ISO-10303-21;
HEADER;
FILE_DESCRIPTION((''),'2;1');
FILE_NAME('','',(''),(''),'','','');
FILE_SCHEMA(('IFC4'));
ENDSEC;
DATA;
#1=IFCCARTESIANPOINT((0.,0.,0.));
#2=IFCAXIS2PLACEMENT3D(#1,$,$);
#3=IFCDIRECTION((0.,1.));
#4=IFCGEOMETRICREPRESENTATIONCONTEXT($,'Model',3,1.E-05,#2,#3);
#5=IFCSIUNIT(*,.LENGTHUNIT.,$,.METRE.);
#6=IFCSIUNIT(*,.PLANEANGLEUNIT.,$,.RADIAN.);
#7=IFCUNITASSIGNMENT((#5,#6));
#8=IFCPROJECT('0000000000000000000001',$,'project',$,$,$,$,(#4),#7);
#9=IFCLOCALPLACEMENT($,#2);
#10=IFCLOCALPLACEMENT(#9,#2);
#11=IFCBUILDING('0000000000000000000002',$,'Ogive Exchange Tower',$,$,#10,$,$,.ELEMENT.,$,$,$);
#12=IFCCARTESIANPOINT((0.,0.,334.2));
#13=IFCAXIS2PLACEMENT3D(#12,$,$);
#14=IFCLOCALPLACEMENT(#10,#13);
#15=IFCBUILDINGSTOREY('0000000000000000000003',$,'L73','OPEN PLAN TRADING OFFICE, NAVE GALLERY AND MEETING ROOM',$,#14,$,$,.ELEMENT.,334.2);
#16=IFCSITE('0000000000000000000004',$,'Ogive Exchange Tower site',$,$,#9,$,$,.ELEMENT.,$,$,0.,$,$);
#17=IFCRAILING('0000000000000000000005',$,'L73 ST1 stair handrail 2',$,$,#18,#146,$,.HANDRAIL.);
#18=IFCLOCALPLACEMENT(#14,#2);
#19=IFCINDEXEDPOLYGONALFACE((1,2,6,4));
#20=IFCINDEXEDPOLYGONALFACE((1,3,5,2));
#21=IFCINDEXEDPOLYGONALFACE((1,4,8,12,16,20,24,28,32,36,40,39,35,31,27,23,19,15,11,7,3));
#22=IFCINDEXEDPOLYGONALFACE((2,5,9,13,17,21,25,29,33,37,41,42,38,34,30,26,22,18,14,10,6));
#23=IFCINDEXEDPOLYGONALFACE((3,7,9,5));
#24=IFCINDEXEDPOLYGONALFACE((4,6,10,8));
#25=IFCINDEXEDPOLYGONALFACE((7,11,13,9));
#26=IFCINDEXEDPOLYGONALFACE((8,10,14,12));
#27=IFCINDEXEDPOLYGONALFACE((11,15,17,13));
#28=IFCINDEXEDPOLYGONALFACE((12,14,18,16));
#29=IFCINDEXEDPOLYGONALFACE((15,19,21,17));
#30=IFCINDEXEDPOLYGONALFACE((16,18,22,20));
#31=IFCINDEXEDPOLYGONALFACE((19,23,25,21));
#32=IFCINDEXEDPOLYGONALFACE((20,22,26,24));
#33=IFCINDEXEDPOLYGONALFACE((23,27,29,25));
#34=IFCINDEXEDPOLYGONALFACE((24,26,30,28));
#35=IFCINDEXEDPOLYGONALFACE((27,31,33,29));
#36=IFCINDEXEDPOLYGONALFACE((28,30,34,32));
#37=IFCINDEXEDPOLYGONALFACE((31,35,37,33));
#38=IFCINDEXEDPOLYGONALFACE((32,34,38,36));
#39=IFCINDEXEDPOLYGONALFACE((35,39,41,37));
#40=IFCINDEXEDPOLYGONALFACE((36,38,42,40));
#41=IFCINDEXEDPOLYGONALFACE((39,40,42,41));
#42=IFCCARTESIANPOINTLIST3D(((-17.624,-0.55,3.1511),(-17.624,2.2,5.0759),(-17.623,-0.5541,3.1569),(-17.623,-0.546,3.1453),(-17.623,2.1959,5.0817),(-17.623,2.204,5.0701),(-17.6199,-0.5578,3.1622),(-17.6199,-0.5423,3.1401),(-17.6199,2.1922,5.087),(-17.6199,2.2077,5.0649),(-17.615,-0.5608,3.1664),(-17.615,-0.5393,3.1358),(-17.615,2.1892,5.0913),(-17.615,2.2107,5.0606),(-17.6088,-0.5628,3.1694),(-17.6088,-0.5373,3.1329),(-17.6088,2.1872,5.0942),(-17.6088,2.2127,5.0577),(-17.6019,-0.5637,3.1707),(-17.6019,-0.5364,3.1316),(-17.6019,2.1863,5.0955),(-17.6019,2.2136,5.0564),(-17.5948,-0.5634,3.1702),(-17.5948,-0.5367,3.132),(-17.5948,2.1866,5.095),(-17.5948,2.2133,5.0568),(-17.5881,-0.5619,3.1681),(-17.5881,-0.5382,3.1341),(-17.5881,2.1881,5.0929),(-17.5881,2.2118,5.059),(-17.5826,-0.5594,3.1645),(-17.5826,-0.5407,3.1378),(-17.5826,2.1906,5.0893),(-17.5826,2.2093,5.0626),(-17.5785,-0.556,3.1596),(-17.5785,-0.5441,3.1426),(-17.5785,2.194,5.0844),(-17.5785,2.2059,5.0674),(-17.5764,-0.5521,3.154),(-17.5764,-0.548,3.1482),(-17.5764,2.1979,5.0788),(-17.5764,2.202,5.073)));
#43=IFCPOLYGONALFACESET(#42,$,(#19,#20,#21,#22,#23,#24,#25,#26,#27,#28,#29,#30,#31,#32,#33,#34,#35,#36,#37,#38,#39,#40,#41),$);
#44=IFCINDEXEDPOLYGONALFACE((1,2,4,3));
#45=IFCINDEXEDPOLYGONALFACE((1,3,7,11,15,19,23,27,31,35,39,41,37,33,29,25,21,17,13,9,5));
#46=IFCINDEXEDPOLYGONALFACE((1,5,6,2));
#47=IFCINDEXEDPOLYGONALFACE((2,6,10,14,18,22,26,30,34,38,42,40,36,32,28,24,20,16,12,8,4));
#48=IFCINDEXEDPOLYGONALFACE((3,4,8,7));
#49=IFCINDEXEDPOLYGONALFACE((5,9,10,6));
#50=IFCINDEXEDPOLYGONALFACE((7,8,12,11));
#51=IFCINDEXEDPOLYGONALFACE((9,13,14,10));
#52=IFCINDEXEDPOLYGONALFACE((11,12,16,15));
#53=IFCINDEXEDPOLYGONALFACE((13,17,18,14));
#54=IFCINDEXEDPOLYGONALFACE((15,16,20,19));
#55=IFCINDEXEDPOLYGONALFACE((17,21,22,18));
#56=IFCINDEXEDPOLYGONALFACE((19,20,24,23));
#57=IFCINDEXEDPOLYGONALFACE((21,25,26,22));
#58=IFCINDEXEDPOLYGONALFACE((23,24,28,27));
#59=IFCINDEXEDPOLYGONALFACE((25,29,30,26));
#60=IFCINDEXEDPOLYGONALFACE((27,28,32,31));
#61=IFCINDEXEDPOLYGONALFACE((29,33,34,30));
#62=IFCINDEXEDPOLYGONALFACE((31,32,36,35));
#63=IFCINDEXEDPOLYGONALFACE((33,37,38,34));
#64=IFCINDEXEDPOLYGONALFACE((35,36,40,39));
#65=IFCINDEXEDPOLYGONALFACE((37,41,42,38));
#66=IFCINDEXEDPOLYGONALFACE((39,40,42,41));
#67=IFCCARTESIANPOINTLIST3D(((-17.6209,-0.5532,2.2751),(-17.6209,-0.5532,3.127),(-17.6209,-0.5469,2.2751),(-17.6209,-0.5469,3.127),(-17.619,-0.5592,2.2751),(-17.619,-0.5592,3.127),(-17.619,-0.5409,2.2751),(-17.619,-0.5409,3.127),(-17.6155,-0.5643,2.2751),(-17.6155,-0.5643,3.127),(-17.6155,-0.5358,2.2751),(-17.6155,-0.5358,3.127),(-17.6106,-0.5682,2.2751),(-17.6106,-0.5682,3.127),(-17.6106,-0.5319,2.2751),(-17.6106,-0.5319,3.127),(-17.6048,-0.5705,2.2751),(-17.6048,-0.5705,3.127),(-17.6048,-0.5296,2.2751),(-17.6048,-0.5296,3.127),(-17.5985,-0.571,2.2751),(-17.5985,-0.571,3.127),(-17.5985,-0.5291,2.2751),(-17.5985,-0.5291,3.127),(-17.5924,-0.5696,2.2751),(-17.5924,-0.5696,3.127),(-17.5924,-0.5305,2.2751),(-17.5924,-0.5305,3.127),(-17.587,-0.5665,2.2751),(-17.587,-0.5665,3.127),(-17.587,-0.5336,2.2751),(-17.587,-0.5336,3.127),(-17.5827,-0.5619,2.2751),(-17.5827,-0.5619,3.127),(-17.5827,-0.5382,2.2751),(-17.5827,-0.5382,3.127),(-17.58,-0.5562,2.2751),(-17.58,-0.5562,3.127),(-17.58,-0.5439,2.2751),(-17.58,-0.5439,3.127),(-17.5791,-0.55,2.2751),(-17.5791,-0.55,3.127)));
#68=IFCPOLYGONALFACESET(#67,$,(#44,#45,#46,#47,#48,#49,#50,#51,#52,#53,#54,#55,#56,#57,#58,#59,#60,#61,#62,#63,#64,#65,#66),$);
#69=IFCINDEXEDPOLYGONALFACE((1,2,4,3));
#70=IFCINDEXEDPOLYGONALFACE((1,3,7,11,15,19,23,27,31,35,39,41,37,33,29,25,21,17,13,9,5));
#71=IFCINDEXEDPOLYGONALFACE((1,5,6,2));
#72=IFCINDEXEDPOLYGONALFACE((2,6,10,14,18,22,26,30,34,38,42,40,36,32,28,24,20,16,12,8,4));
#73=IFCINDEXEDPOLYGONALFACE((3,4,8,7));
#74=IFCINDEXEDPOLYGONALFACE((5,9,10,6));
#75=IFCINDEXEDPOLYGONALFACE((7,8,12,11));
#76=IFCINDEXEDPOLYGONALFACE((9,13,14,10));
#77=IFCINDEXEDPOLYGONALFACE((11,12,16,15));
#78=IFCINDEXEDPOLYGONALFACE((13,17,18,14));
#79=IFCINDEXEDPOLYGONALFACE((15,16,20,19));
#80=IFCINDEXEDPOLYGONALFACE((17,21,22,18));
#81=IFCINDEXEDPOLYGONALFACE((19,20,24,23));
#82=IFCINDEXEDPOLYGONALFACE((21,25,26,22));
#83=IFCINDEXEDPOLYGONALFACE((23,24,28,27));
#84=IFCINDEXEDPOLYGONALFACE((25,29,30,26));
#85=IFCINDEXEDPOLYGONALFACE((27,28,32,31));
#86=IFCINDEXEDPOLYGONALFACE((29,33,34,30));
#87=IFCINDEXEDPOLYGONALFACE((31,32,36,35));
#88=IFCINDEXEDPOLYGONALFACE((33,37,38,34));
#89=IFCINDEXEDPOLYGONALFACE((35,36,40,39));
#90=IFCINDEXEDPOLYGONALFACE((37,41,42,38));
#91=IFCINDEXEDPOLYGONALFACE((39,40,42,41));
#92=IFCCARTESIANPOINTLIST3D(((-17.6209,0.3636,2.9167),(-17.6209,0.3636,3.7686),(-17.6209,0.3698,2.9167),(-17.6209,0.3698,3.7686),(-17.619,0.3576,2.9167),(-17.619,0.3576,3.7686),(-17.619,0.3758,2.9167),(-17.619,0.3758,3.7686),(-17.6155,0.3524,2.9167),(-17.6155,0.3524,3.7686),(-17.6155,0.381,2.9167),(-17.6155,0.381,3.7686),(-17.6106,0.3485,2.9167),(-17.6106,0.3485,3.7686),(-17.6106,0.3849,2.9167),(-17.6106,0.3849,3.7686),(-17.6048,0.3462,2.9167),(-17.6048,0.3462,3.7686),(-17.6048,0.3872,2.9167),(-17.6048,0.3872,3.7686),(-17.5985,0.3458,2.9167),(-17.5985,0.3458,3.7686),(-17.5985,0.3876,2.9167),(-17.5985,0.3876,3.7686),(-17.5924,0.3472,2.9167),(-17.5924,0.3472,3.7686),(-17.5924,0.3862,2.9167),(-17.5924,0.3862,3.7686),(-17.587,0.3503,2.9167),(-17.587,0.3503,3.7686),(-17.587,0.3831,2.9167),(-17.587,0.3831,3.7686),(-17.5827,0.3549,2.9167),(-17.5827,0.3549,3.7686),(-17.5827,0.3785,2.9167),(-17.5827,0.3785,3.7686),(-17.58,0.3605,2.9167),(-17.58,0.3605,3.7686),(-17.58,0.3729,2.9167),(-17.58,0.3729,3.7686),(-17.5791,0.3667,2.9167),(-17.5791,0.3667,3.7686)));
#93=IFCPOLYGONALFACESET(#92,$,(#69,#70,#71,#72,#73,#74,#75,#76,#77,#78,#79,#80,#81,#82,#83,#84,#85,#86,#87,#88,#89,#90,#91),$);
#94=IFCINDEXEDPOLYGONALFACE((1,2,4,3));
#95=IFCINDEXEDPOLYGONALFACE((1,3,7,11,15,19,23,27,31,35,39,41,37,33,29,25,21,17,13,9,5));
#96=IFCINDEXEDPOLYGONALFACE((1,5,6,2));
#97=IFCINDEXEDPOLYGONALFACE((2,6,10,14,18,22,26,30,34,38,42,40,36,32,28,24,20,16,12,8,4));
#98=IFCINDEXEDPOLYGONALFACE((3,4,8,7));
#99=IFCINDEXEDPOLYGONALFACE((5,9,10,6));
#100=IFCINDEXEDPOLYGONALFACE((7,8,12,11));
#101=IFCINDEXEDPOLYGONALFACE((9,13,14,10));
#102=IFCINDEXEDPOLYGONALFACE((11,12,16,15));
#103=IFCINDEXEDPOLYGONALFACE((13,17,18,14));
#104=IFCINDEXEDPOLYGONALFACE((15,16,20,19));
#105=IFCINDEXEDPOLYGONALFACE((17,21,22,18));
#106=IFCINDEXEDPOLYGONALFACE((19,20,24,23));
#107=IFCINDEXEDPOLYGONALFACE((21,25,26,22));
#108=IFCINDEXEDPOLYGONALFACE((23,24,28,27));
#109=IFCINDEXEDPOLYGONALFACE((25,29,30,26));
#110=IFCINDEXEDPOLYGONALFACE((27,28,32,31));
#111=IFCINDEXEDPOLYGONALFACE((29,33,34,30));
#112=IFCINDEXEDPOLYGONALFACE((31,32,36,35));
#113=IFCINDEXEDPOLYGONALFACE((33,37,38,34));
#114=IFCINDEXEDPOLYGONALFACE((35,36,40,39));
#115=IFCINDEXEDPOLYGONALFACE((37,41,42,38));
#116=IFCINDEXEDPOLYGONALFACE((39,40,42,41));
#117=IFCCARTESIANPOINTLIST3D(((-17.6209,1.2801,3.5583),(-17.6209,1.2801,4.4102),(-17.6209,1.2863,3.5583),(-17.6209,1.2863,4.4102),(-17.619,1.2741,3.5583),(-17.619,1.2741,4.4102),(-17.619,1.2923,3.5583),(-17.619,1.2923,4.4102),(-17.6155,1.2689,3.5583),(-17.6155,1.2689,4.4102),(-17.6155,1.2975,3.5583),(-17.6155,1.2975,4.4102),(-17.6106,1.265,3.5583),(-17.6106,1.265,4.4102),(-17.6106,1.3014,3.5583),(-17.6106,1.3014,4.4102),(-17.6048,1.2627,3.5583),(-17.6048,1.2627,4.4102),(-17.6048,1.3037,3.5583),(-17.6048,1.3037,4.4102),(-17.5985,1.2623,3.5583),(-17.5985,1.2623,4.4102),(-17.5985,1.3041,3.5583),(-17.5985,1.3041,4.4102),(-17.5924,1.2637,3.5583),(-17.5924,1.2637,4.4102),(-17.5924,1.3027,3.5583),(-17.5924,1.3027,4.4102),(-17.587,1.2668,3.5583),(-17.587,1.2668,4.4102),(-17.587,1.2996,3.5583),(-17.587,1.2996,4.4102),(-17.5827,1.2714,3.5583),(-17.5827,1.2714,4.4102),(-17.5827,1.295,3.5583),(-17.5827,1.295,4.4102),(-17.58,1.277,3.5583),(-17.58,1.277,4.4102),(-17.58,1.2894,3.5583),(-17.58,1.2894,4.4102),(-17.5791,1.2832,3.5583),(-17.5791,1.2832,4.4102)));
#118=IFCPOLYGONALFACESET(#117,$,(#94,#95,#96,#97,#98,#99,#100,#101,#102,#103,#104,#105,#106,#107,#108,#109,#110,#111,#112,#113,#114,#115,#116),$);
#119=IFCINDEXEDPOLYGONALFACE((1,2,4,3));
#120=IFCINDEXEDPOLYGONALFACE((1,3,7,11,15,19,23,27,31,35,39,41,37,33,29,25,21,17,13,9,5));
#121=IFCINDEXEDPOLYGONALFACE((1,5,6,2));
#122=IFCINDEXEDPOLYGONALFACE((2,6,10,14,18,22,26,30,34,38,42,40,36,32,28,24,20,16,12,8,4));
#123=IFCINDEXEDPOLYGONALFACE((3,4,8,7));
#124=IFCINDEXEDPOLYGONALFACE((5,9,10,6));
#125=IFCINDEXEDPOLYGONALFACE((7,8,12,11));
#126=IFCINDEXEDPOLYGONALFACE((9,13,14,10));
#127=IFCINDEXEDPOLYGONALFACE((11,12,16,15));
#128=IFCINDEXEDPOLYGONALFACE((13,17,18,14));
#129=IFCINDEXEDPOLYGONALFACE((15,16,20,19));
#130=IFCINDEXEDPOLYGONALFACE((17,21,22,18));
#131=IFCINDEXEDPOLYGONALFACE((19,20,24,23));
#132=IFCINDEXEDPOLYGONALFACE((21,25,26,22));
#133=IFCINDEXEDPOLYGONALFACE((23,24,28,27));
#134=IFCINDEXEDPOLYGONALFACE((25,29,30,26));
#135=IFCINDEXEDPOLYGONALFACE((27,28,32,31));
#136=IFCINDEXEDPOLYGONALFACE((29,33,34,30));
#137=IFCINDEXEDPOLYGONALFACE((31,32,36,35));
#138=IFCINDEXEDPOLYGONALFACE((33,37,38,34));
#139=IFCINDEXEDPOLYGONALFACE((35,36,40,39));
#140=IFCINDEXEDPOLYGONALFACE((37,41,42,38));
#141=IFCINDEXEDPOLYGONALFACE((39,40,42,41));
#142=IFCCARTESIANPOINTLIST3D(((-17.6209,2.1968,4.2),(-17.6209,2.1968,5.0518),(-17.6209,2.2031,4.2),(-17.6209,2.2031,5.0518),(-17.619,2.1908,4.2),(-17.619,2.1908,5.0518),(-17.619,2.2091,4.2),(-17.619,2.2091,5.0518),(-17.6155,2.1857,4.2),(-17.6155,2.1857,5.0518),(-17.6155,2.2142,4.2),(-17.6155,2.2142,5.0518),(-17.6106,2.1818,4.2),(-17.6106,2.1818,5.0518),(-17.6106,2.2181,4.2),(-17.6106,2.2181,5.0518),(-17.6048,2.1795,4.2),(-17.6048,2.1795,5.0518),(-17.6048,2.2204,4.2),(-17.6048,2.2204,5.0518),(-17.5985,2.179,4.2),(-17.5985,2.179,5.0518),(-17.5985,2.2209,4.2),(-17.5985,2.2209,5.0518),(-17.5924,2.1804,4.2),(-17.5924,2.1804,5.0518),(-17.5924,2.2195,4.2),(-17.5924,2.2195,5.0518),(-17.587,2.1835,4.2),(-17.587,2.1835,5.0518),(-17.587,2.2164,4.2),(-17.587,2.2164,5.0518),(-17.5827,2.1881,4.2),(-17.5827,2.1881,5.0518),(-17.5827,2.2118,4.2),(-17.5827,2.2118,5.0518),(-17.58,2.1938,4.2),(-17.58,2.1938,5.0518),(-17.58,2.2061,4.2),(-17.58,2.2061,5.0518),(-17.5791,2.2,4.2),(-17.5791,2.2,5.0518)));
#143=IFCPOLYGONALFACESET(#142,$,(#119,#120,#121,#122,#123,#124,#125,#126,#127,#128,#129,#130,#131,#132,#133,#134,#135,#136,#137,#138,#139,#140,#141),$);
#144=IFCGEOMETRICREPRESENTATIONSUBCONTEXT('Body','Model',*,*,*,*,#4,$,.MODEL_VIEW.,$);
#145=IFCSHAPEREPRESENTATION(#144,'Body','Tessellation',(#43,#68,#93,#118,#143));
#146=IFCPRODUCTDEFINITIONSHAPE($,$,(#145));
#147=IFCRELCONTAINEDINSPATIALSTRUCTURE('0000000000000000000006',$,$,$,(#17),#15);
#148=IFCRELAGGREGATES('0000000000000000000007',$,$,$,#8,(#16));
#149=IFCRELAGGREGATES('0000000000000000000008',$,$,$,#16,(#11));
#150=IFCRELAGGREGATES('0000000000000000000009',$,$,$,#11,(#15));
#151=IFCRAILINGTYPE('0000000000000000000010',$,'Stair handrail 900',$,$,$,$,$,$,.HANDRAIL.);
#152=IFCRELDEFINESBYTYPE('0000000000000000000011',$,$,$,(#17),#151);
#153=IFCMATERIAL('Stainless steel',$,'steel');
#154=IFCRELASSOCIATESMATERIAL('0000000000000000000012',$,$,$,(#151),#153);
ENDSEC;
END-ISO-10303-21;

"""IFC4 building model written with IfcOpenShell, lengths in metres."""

from ifc_helpers import new_model, si_unit, direction, frame, origin, origin_2d, place, context, subcontext, project, spatial, circle, extrude, material, type_object, element, save


model = new_model("IFC4")

# Units and contexts
model_context = context("Model", 3, precision=1e-05, world=origin(), true_north=direction((0.0, 1.0)))
body_context = subcontext(model_context, "Body", "Model", "MODEL_VIEW")
ifc_project = project(units=[si_unit("LENGTHUNIT", "METRE"), si_unit("PLANEANGLEUNIT", "RADIAN")], contexts=[model_context])

# Site, building, storey
site_placement = place(None, origin())
site = spatial("IfcSite", under=ifc_project, at=site_placement, Name="Ogive Exchange Tower site", CompositionType="ELEMENT", RefElevation=0.0)
building_placement = place(site_placement, origin())
building = spatial("IfcBuilding", under=site, at=building_placement, Name="Ogive Exchange Tower", CompositionType="ELEMENT")
storey_placement = place(building_placement, frame((0.0, 0.0, 334.2)))
storey = spatial("IfcBuildingStorey", under=building, at=storey_placement, Name="L73", Description="OPEN PLAN TRADING OFFICE, NAVE GALLERY AND MEETING ROOM", CompositionType="ELEMENT", Elevation=334.2)

# Shared definitions
ifc_material_1 = material(Name="Stainless steel", Category="steel")

# Railing
railing_type = type_object("IfcRailingType", Name="Stair handrail 900", PredefinedType="HANDRAIL", material=ifc_material_1)
railing_placement = place(storey_placement, frame((-17.6001, -0.55, 2.2751)))
element("IfcRailing", 1, at=railing_placement, inside=storey, type_object=railing_type, Name="L73 ST1 stair handrail 2", PredefinedType="HANDRAIL", context=body_context, shape_type="SweptSolid", body=[
    extrude(circle(Radius=0.0239, at=origin_2d()), frame((0.0, 0.0, 0.876), z_axis=(0.0, 0.819259, 0.573423), x_axis=(-1.0, 0.0, 0.0)), (0.0, 0.0, 1.0), 3.3567),
    extrude(circle(Radius=0.021, at=origin_2d()), origin(), (0.0, 0.0, 1.0), 0.8518),
    extrude(circle(Radius=0.021, at=origin_2d()), frame((0.0, 0.9167, 0.6416)), (0.0, 0.0, 1.0), 0.8518),
    extrude(circle(Radius=0.021, at=origin_2d()), frame((0.0, 1.8333, 1.2832)), (0.0, 0.0, 1.0), 0.8518),
    extrude(circle(Radius=0.021, at=origin_2d()), frame((0.0, 2.75, 1.9248)), (0.0, 0.0, 1.0), 0.8518),
])

save(model, "model.ifc")
